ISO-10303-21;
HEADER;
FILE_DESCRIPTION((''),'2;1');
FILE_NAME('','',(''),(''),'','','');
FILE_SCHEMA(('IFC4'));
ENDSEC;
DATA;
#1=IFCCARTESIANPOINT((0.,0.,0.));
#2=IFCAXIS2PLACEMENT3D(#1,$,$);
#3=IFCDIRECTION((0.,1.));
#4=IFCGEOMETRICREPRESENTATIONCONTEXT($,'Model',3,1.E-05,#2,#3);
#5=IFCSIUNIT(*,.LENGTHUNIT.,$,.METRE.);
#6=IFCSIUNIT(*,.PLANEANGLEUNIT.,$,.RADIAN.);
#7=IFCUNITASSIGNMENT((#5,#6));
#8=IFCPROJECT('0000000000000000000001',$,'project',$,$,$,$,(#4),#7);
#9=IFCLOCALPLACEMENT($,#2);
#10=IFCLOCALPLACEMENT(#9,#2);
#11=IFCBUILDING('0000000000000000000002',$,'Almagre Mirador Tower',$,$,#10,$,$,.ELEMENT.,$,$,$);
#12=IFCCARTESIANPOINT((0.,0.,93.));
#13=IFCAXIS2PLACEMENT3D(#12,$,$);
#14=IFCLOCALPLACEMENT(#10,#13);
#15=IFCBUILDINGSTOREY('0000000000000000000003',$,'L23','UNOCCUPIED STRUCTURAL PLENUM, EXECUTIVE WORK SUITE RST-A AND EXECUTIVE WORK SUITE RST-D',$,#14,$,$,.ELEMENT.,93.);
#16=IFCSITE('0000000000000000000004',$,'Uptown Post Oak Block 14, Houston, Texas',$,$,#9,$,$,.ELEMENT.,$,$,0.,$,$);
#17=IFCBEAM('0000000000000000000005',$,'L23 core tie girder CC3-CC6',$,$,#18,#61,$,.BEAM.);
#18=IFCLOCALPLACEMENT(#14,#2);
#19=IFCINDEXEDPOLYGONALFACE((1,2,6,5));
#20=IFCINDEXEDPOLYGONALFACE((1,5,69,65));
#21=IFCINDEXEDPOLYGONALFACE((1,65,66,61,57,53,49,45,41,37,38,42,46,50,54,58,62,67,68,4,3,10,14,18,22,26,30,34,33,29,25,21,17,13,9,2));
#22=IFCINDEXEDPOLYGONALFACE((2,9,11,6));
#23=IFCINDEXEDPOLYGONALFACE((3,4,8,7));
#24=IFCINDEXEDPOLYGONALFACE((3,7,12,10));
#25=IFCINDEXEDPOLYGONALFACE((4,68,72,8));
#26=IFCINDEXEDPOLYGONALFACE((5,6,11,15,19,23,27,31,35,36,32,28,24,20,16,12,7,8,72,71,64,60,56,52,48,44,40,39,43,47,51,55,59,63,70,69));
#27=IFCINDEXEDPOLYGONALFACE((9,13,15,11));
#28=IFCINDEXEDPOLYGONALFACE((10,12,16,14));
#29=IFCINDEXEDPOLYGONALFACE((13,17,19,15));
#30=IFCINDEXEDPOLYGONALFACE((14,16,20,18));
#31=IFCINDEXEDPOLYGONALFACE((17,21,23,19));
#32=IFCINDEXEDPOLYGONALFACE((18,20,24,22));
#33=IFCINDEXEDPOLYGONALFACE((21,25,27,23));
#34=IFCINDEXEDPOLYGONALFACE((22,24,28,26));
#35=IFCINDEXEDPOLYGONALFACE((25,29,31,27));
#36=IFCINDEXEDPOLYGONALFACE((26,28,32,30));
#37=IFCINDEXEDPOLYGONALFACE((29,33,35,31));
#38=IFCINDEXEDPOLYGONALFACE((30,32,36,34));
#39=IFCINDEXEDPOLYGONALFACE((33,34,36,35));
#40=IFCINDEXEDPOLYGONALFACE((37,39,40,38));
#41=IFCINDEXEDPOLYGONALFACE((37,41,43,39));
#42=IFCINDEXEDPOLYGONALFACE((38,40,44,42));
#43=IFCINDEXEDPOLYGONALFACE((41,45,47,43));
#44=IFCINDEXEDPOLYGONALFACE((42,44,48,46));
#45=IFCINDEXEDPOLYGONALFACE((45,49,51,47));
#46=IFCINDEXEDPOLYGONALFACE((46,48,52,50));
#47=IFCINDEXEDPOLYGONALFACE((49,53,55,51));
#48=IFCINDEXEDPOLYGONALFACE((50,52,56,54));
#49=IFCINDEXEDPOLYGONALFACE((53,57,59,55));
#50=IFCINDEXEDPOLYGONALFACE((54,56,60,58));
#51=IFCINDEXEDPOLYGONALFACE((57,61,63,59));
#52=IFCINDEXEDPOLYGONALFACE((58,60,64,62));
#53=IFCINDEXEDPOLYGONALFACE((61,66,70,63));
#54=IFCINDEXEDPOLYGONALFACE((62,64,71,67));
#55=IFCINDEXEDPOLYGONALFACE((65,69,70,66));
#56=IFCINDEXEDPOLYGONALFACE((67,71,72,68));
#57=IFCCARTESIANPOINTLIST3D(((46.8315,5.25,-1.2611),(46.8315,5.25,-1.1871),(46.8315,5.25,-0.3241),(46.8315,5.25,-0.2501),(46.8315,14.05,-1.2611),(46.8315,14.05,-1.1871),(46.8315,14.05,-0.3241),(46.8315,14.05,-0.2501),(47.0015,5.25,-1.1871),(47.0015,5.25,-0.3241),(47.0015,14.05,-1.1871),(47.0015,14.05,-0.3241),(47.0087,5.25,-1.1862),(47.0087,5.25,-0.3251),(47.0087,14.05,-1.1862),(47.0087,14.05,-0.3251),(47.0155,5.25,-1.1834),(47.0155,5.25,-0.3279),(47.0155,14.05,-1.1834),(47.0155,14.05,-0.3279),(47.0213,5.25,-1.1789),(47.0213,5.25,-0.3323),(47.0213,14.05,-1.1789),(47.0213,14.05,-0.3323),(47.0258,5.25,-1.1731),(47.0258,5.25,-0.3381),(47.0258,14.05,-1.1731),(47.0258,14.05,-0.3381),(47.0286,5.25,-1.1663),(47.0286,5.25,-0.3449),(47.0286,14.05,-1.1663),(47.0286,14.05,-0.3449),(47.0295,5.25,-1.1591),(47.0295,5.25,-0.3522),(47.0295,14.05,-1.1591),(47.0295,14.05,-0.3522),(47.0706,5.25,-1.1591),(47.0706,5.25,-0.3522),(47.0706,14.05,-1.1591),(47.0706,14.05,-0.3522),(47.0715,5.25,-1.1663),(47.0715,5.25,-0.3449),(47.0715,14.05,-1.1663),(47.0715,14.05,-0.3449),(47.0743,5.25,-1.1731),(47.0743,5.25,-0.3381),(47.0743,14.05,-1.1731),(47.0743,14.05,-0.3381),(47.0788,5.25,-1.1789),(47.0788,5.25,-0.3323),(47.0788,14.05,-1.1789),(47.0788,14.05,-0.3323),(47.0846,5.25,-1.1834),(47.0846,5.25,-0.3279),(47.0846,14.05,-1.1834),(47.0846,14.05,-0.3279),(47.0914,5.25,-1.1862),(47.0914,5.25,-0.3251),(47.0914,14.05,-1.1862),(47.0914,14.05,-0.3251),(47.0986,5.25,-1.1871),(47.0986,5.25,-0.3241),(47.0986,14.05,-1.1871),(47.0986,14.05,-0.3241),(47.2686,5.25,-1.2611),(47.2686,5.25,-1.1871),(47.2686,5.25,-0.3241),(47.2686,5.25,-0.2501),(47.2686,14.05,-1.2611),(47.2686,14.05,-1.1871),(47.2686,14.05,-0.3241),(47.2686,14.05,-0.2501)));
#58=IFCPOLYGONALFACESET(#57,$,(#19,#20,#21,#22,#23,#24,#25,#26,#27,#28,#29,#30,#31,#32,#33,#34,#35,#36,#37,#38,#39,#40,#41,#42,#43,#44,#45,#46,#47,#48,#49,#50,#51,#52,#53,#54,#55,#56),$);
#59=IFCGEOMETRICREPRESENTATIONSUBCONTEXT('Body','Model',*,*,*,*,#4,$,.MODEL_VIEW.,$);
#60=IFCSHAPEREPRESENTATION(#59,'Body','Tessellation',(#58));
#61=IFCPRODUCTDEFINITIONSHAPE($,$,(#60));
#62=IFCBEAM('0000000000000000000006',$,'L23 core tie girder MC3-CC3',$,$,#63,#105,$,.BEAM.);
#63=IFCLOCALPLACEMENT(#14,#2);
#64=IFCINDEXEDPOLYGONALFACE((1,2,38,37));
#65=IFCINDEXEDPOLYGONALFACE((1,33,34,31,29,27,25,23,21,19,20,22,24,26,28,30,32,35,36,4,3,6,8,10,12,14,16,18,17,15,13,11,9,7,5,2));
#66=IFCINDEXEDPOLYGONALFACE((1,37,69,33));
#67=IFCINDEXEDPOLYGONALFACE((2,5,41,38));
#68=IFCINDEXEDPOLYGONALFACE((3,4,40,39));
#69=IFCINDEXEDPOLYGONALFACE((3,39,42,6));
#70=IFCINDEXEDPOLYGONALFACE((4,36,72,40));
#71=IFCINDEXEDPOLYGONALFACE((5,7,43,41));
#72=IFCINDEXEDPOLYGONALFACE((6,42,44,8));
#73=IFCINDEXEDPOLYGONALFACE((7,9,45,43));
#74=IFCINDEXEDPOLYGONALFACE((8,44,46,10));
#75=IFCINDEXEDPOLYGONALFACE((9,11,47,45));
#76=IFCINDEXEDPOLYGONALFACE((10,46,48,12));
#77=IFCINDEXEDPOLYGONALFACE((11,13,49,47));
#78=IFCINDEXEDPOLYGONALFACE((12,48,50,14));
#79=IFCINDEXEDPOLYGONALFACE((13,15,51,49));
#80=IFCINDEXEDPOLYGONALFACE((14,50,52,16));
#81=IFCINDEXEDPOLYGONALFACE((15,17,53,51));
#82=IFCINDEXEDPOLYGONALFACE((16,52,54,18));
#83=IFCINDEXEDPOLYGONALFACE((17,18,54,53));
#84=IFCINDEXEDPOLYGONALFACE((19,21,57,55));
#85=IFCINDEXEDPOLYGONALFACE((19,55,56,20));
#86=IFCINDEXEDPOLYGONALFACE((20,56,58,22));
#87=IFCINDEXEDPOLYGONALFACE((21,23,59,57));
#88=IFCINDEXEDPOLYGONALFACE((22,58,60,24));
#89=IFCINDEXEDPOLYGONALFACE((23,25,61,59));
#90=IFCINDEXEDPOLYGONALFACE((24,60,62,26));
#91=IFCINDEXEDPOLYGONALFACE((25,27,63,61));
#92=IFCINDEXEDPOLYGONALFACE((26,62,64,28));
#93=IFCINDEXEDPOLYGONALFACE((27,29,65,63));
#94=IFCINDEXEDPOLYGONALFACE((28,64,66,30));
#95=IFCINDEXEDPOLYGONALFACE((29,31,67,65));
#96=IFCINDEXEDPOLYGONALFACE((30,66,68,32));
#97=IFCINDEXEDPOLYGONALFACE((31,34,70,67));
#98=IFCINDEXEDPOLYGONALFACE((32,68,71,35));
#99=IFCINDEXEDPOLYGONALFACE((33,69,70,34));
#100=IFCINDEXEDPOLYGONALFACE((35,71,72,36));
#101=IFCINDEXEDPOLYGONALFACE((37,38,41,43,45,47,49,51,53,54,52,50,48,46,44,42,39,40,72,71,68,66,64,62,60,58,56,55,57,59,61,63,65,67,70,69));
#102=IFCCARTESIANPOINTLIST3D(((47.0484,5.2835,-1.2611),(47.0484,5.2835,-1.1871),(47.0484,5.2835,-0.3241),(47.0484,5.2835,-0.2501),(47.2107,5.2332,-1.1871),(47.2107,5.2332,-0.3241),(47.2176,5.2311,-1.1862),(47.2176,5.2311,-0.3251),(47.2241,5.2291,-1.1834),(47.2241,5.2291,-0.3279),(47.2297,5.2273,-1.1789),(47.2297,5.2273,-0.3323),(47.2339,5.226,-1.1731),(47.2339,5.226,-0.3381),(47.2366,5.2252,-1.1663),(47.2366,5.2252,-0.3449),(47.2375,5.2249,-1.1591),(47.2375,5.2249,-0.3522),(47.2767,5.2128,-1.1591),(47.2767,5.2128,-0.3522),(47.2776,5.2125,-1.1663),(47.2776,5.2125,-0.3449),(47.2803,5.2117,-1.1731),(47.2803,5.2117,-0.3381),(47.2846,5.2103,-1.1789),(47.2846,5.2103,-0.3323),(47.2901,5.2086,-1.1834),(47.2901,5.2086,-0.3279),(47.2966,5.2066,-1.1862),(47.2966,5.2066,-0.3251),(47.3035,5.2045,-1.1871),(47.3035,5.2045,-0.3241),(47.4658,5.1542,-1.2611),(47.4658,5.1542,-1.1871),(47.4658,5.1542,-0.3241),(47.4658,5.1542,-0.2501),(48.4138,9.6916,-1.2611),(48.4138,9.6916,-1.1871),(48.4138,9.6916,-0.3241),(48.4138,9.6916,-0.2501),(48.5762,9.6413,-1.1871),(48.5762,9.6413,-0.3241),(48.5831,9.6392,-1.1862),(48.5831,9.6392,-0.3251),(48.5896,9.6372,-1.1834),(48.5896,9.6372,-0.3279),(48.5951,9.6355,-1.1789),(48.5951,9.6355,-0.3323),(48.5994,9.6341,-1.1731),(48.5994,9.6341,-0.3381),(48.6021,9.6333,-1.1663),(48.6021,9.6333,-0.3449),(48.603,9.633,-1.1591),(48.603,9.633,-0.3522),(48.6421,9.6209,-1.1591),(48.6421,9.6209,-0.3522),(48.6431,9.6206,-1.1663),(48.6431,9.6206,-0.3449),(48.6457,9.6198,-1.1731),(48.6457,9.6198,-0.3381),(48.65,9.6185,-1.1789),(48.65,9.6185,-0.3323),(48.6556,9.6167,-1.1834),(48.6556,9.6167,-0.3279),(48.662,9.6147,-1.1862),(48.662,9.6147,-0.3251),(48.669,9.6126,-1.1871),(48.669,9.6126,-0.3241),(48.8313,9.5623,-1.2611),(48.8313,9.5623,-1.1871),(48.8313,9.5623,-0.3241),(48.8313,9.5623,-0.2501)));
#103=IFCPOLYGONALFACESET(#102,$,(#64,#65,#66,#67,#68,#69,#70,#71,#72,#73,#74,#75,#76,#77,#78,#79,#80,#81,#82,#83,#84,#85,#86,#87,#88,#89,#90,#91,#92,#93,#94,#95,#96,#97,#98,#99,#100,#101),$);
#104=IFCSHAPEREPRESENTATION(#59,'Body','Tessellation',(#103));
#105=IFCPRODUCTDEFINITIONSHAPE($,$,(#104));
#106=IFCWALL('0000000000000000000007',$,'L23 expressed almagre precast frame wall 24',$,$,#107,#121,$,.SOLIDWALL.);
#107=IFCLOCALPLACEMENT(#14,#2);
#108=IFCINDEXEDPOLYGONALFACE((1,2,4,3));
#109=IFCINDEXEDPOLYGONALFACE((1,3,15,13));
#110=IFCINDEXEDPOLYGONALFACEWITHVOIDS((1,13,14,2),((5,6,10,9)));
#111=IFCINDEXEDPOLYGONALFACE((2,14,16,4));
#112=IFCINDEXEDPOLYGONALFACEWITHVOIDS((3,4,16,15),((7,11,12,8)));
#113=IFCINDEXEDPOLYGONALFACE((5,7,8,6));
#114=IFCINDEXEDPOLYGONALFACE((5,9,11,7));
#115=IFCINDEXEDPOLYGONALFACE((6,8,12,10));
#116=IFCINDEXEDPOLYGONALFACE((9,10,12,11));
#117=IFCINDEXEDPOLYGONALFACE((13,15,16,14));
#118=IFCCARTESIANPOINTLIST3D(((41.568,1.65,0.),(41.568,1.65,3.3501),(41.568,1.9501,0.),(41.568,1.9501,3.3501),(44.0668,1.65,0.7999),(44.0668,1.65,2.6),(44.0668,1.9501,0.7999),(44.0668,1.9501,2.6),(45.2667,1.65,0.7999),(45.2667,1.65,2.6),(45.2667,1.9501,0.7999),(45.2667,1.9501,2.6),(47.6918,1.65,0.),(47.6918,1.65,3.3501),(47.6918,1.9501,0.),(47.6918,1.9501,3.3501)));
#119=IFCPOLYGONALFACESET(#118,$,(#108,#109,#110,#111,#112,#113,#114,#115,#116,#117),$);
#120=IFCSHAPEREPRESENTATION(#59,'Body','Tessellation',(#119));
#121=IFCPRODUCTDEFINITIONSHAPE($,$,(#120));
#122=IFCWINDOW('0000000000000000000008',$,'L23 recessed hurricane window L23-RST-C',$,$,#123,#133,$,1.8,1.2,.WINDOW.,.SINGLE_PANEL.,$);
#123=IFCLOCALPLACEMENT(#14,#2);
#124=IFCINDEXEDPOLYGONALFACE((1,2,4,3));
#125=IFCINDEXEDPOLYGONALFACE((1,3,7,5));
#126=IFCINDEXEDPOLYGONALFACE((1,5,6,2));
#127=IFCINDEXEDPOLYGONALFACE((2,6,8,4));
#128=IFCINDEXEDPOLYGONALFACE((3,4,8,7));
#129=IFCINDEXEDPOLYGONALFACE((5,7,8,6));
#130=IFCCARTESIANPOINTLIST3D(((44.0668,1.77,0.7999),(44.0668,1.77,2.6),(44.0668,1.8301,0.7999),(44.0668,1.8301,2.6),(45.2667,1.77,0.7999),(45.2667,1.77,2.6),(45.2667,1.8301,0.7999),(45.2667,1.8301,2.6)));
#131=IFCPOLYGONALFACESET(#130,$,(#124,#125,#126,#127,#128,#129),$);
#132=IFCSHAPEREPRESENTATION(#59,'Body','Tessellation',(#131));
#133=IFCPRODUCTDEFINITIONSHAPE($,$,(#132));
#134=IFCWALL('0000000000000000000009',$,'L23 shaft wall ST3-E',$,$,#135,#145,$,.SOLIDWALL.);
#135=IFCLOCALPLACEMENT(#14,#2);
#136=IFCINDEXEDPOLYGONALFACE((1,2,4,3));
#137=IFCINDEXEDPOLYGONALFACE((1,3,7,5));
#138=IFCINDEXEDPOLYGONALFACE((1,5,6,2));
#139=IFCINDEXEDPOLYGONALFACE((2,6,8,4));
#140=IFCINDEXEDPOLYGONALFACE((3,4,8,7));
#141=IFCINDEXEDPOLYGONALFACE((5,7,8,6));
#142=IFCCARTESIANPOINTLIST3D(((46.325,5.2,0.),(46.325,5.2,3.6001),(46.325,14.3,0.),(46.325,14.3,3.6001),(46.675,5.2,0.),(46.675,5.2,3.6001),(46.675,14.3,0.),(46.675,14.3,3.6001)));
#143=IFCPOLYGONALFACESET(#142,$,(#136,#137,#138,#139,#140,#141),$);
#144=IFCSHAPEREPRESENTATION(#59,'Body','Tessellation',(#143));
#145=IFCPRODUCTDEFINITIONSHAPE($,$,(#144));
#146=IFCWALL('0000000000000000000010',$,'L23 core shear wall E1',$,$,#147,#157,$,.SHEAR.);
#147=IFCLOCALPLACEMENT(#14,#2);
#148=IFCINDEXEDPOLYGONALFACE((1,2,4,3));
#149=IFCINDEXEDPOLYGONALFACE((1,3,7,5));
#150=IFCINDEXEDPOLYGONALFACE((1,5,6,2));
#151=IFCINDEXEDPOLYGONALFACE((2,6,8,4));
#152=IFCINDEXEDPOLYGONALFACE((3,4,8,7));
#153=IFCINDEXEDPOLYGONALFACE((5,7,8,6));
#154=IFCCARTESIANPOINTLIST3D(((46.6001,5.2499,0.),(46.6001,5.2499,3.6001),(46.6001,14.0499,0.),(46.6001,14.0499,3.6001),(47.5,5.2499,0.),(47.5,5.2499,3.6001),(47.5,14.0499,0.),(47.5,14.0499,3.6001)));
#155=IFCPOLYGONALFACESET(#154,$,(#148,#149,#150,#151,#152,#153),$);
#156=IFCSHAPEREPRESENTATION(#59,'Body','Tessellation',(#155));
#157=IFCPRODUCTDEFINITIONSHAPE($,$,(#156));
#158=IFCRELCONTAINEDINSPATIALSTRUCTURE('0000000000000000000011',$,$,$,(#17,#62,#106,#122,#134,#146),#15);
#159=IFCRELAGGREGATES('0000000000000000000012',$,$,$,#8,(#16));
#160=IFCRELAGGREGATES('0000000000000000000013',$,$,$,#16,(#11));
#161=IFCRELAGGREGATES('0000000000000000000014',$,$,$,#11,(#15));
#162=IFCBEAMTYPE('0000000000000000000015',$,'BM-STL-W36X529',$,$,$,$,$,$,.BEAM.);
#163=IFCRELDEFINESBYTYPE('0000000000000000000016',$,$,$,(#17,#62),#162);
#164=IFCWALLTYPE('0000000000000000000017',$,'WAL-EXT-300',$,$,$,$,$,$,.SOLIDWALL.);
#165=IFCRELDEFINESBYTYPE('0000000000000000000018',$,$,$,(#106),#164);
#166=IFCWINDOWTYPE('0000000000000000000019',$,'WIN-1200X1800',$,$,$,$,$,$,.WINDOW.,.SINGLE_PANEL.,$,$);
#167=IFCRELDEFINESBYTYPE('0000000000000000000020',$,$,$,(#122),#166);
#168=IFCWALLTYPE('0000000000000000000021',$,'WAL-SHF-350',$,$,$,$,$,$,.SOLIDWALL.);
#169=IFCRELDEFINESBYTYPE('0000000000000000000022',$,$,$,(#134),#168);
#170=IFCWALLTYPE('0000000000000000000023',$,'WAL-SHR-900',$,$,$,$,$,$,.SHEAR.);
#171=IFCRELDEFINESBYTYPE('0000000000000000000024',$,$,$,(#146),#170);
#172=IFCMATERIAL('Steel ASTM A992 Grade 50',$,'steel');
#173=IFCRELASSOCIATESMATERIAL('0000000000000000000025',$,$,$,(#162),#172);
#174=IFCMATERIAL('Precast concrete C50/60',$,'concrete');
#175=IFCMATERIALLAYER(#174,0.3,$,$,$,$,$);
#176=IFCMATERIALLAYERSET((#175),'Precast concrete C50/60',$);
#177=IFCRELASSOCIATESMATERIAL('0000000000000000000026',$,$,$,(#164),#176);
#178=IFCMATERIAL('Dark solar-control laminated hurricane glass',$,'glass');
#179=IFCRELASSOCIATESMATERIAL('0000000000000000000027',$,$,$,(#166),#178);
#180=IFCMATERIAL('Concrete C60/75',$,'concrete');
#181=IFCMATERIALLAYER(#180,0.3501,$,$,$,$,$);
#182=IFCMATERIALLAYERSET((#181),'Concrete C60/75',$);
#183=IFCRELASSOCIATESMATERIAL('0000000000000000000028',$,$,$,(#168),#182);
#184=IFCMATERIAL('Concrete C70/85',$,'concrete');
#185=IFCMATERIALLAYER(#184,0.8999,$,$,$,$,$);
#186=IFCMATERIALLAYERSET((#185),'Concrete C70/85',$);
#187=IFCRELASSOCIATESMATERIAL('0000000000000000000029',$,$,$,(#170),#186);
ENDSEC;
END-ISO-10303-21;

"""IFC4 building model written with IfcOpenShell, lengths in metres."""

from ifc_helpers import new_model, si_unit, direction, frame, frame_2d, origin, origin_2d, place, context, subcontext, project, spatial, rectangle, i_section, extrude, material, layer, layer_set, material_profile, profile_set, type_object, element, fill, save


model = new_model("IFC4")

# Units and contexts
model_context = context("Model", 3, precision=1e-05, world=origin(), true_north=direction((0.0, 1.0)))
body_context = subcontext(model_context, "Body", "Model", "MODEL_VIEW")
ifc_project = project(units=[si_unit("LENGTHUNIT", "METRE"), si_unit("PLANEANGLEUNIT", "RADIAN")], contexts=[model_context])

# Site, building, storey
site_placement = place(None, origin())
site = spatial("IfcSite", under=ifc_project, at=site_placement, Name="Uptown Post Oak Block 14, Houston, Texas", CompositionType="ELEMENT", RefElevation=0.0)
building_placement = place(site_placement, origin())
building = spatial("IfcBuilding", under=site, at=building_placement, Name="Almagre Mirador Tower", CompositionType="ELEMENT")
storey_placement = place(building_placement, frame((0.0, 0.0, 93.0)))
storey = spatial("IfcBuildingStorey", under=building, at=storey_placement, Name="L23", Description="UNOCCUPIED STRUCTURAL PLENUM, EXECUTIVE WORK SUITE RST-A AND EXECUTIVE WORK SUITE RST-D", CompositionType="ELEMENT", Elevation=93.0)

# Beams
ifc_material_1 = material(Name="Steel ASTM A992 Grade 50", Category="steel")
ifc_material_profile_1 = material_profile(ifc_material_1, i_section(OverallWidth=0.437, OverallDepth=1.011, WebThickness=0.041, FlangeThickness=0.074, FilletRadius=0.0281, at=origin_2d()), Name="W36X529")
ifc_profile_set_1 = profile_set([ifc_material_profile_1], Name="Steel ASTM A992 Grade 50")
beam_type_1 = type_object("IfcBeamType", Name="BM-STL-W36X529", PredefinedType="BEAM", material=ifc_profile_set_1)
beam_1_placement = place(storey_placement, frame((47.05, 5.25, -0.7556), z_axis=(0.0, 1.0, 0.0), x_axis=(-1.0, 0.0, 0.0)))
element("IfcBeam", 1, at=beam_1_placement, inside=storey, type_object=beam_type_1, Name="L23 core tie girder CC3-CC6", PredefinedType="BEAM", context=body_context, shape_type="SweptSolid", body=[
    extrude(i_section(OverallWidth=0.437, OverallDepth=1.011, WebThickness=0.041, FlangeThickness=0.074, FilletRadius=0.0281, at=origin_2d()), origin(), (0.0, 0.0, 1.0), 8.8),
])
beam_2_placement = place(storey_placement, frame((48.6226, 9.627, -0.7556), z_axis=(-0.295888, -0.955223, 0.0), x_axis=(0.955223, -0.295888, 0.0)))
element("IfcBeam", 2, at=beam_2_placement, inside=storey, type_object=beam_type_1, Name="L23 core tie girder MC3-CC3", PredefinedType="BEAM", context=body_context, shape_type="SweptSolid", body=[
    extrude(i_section(OverallWidth=0.437, OverallDepth=1.011, WebThickness=0.041, FlangeThickness=0.074, FilletRadius=0.0281, at=origin_2d()), origin(), (0.0, 0.0, 1.0), 4.6147),
])

# Wall, opening, window
ifc_material_2 = material(Name="Precast concrete C50/60", Category="concrete")
ifc_layer_1 = layer(ifc_material_2, 0.3)
ifc_layer_set_1 = layer_set([ifc_layer_1], Name="Precast concrete C50/60")
wall_type_1 = type_object("IfcWallType", Name="WAL-EXT-300", PredefinedType="SOLIDWALL", material=ifc_layer_set_1)
wall_1_placement = place(storey_placement, frame((47.6919, 1.8, 0.0), z_axis=(0.0, 0.0, 1.0), x_axis=(-1.0, 0.0, 0.0)))
wall_1 = element("IfcWall", 3, at=wall_1_placement, inside=storey, type_object=wall_type_1, Name="L23 expressed almagre precast frame wall 24", PredefinedType="SOLIDWALL", context=body_context, shape_type="SweptSolid", body=[
    extrude(rectangle(XDim=6.1238, YDim=0.3, at=frame_2d((3.062, 0.0))), origin(), (0.0, 0.0, 1.0), 3.3501),
])
opening_placement = place(wall_1_placement, frame((2.425, 0.0, 0.8)))
opening = element("IfcOpeningElement", 4, at=opening_placement, cuts=wall_1, PredefinedType="OPENING", context=body_context, shape_type="SweptSolid", body=[
    extrude(rectangle(XDim=1.2, YDim=1.8, at=frame_2d((0.6001, 0.8999))), frame((0.0, 0.1599, 0.0), z_axis=(0.0, -1.0, 0.0), x_axis=(1.0, 0.0, 0.0)), (0.0, 0.0, 1.0), 0.32),
])
ifc_material_3 = material(Name="Dark solar-control laminated hurricane glass", Category="glass")
window_type = type_object("IfcWindowType", Name="WIN-1200X1800", PartitioningType="SINGLE_PANEL", PredefinedType="WINDOW", material=ifc_material_3)
window_placement = place(opening_placement, origin())
window = element("IfcWindow", 5, at=window_placement, inside=storey, type_object=window_type, Name="L23 recessed hurricane window L23-RST-C", OverallHeight=1.8, OverallWidth=1.2, PartitioningType="SINGLE_PANEL", PredefinedType="WINDOW", context=body_context, shape_type="SweptSolid", body=[
    extrude(rectangle(XDim=1.2, YDim=1.8, at=frame_2d((0.6001, 0.8999))), frame((0.0, 0.03, 0.0), z_axis=(0.0, -1.0, 0.0), x_axis=(1.0, 0.0, 0.0)), (0.0, 0.0, 1.0), 0.0601),
])
fill(opening, window)

# Walls
ifc_material_4 = material(Name="Concrete C60/75", Category="concrete")
ifc_layer_2 = layer(ifc_material_4, 0.3501)
ifc_layer_set_2 = layer_set([ifc_layer_2], Name="Concrete C60/75")
wall_type_2 = type_object("IfcWallType", Name="WAL-SHF-350", PredefinedType="SOLIDWALL", material=ifc_layer_set_2)
wall_2_placement = place(storey_placement, frame((46.5, 5.2, 0.0), z_axis=(0.0, 0.0, 1.0), x_axis=(0.0, 1.0, 0.0)))
element("IfcWall", 6, at=wall_2_placement, inside=storey, type_object=wall_type_2, Name="L23 shaft wall ST3-E", PredefinedType="SOLIDWALL", context=body_context, shape_type="SweptSolid", body=[
    extrude(rectangle(XDim=9.1001, YDim=0.3501, at=frame_2d((4.55, 0.0))), origin(), (0.0, 0.0, 1.0), 3.6001),
])
ifc_material_5 = material(Name="Concrete C70/85", Category="concrete")
ifc_layer_3 = layer(ifc_material_5, 0.8999)
ifc_layer_set_3 = layer_set([ifc_layer_3], Name="Concrete C70/85")
wall_type_3 = type_object("IfcWallType", Name="WAL-SHR-900", PredefinedType="SHEAR", material=ifc_layer_set_3)
wall_3_placement = place(storey_placement, frame((47.05, 5.25, 0.0), z_axis=(0.0, 0.0, 1.0), x_axis=(0.0, 1.0, 0.0)))
element("IfcWall", 7, at=wall_3_placement, inside=storey, type_object=wall_type_3, Name="L23 core shear wall E1", PredefinedType="SHEAR", context=body_context, shape_type="SweptSolid", body=[
    extrude(rectangle(XDim=8.8, YDim=0.8999, at=frame_2d((4.3999, 0.0))), origin(), (0.0, 0.0, 1.0), 3.6001),
])

save(model, "model.ifc")
